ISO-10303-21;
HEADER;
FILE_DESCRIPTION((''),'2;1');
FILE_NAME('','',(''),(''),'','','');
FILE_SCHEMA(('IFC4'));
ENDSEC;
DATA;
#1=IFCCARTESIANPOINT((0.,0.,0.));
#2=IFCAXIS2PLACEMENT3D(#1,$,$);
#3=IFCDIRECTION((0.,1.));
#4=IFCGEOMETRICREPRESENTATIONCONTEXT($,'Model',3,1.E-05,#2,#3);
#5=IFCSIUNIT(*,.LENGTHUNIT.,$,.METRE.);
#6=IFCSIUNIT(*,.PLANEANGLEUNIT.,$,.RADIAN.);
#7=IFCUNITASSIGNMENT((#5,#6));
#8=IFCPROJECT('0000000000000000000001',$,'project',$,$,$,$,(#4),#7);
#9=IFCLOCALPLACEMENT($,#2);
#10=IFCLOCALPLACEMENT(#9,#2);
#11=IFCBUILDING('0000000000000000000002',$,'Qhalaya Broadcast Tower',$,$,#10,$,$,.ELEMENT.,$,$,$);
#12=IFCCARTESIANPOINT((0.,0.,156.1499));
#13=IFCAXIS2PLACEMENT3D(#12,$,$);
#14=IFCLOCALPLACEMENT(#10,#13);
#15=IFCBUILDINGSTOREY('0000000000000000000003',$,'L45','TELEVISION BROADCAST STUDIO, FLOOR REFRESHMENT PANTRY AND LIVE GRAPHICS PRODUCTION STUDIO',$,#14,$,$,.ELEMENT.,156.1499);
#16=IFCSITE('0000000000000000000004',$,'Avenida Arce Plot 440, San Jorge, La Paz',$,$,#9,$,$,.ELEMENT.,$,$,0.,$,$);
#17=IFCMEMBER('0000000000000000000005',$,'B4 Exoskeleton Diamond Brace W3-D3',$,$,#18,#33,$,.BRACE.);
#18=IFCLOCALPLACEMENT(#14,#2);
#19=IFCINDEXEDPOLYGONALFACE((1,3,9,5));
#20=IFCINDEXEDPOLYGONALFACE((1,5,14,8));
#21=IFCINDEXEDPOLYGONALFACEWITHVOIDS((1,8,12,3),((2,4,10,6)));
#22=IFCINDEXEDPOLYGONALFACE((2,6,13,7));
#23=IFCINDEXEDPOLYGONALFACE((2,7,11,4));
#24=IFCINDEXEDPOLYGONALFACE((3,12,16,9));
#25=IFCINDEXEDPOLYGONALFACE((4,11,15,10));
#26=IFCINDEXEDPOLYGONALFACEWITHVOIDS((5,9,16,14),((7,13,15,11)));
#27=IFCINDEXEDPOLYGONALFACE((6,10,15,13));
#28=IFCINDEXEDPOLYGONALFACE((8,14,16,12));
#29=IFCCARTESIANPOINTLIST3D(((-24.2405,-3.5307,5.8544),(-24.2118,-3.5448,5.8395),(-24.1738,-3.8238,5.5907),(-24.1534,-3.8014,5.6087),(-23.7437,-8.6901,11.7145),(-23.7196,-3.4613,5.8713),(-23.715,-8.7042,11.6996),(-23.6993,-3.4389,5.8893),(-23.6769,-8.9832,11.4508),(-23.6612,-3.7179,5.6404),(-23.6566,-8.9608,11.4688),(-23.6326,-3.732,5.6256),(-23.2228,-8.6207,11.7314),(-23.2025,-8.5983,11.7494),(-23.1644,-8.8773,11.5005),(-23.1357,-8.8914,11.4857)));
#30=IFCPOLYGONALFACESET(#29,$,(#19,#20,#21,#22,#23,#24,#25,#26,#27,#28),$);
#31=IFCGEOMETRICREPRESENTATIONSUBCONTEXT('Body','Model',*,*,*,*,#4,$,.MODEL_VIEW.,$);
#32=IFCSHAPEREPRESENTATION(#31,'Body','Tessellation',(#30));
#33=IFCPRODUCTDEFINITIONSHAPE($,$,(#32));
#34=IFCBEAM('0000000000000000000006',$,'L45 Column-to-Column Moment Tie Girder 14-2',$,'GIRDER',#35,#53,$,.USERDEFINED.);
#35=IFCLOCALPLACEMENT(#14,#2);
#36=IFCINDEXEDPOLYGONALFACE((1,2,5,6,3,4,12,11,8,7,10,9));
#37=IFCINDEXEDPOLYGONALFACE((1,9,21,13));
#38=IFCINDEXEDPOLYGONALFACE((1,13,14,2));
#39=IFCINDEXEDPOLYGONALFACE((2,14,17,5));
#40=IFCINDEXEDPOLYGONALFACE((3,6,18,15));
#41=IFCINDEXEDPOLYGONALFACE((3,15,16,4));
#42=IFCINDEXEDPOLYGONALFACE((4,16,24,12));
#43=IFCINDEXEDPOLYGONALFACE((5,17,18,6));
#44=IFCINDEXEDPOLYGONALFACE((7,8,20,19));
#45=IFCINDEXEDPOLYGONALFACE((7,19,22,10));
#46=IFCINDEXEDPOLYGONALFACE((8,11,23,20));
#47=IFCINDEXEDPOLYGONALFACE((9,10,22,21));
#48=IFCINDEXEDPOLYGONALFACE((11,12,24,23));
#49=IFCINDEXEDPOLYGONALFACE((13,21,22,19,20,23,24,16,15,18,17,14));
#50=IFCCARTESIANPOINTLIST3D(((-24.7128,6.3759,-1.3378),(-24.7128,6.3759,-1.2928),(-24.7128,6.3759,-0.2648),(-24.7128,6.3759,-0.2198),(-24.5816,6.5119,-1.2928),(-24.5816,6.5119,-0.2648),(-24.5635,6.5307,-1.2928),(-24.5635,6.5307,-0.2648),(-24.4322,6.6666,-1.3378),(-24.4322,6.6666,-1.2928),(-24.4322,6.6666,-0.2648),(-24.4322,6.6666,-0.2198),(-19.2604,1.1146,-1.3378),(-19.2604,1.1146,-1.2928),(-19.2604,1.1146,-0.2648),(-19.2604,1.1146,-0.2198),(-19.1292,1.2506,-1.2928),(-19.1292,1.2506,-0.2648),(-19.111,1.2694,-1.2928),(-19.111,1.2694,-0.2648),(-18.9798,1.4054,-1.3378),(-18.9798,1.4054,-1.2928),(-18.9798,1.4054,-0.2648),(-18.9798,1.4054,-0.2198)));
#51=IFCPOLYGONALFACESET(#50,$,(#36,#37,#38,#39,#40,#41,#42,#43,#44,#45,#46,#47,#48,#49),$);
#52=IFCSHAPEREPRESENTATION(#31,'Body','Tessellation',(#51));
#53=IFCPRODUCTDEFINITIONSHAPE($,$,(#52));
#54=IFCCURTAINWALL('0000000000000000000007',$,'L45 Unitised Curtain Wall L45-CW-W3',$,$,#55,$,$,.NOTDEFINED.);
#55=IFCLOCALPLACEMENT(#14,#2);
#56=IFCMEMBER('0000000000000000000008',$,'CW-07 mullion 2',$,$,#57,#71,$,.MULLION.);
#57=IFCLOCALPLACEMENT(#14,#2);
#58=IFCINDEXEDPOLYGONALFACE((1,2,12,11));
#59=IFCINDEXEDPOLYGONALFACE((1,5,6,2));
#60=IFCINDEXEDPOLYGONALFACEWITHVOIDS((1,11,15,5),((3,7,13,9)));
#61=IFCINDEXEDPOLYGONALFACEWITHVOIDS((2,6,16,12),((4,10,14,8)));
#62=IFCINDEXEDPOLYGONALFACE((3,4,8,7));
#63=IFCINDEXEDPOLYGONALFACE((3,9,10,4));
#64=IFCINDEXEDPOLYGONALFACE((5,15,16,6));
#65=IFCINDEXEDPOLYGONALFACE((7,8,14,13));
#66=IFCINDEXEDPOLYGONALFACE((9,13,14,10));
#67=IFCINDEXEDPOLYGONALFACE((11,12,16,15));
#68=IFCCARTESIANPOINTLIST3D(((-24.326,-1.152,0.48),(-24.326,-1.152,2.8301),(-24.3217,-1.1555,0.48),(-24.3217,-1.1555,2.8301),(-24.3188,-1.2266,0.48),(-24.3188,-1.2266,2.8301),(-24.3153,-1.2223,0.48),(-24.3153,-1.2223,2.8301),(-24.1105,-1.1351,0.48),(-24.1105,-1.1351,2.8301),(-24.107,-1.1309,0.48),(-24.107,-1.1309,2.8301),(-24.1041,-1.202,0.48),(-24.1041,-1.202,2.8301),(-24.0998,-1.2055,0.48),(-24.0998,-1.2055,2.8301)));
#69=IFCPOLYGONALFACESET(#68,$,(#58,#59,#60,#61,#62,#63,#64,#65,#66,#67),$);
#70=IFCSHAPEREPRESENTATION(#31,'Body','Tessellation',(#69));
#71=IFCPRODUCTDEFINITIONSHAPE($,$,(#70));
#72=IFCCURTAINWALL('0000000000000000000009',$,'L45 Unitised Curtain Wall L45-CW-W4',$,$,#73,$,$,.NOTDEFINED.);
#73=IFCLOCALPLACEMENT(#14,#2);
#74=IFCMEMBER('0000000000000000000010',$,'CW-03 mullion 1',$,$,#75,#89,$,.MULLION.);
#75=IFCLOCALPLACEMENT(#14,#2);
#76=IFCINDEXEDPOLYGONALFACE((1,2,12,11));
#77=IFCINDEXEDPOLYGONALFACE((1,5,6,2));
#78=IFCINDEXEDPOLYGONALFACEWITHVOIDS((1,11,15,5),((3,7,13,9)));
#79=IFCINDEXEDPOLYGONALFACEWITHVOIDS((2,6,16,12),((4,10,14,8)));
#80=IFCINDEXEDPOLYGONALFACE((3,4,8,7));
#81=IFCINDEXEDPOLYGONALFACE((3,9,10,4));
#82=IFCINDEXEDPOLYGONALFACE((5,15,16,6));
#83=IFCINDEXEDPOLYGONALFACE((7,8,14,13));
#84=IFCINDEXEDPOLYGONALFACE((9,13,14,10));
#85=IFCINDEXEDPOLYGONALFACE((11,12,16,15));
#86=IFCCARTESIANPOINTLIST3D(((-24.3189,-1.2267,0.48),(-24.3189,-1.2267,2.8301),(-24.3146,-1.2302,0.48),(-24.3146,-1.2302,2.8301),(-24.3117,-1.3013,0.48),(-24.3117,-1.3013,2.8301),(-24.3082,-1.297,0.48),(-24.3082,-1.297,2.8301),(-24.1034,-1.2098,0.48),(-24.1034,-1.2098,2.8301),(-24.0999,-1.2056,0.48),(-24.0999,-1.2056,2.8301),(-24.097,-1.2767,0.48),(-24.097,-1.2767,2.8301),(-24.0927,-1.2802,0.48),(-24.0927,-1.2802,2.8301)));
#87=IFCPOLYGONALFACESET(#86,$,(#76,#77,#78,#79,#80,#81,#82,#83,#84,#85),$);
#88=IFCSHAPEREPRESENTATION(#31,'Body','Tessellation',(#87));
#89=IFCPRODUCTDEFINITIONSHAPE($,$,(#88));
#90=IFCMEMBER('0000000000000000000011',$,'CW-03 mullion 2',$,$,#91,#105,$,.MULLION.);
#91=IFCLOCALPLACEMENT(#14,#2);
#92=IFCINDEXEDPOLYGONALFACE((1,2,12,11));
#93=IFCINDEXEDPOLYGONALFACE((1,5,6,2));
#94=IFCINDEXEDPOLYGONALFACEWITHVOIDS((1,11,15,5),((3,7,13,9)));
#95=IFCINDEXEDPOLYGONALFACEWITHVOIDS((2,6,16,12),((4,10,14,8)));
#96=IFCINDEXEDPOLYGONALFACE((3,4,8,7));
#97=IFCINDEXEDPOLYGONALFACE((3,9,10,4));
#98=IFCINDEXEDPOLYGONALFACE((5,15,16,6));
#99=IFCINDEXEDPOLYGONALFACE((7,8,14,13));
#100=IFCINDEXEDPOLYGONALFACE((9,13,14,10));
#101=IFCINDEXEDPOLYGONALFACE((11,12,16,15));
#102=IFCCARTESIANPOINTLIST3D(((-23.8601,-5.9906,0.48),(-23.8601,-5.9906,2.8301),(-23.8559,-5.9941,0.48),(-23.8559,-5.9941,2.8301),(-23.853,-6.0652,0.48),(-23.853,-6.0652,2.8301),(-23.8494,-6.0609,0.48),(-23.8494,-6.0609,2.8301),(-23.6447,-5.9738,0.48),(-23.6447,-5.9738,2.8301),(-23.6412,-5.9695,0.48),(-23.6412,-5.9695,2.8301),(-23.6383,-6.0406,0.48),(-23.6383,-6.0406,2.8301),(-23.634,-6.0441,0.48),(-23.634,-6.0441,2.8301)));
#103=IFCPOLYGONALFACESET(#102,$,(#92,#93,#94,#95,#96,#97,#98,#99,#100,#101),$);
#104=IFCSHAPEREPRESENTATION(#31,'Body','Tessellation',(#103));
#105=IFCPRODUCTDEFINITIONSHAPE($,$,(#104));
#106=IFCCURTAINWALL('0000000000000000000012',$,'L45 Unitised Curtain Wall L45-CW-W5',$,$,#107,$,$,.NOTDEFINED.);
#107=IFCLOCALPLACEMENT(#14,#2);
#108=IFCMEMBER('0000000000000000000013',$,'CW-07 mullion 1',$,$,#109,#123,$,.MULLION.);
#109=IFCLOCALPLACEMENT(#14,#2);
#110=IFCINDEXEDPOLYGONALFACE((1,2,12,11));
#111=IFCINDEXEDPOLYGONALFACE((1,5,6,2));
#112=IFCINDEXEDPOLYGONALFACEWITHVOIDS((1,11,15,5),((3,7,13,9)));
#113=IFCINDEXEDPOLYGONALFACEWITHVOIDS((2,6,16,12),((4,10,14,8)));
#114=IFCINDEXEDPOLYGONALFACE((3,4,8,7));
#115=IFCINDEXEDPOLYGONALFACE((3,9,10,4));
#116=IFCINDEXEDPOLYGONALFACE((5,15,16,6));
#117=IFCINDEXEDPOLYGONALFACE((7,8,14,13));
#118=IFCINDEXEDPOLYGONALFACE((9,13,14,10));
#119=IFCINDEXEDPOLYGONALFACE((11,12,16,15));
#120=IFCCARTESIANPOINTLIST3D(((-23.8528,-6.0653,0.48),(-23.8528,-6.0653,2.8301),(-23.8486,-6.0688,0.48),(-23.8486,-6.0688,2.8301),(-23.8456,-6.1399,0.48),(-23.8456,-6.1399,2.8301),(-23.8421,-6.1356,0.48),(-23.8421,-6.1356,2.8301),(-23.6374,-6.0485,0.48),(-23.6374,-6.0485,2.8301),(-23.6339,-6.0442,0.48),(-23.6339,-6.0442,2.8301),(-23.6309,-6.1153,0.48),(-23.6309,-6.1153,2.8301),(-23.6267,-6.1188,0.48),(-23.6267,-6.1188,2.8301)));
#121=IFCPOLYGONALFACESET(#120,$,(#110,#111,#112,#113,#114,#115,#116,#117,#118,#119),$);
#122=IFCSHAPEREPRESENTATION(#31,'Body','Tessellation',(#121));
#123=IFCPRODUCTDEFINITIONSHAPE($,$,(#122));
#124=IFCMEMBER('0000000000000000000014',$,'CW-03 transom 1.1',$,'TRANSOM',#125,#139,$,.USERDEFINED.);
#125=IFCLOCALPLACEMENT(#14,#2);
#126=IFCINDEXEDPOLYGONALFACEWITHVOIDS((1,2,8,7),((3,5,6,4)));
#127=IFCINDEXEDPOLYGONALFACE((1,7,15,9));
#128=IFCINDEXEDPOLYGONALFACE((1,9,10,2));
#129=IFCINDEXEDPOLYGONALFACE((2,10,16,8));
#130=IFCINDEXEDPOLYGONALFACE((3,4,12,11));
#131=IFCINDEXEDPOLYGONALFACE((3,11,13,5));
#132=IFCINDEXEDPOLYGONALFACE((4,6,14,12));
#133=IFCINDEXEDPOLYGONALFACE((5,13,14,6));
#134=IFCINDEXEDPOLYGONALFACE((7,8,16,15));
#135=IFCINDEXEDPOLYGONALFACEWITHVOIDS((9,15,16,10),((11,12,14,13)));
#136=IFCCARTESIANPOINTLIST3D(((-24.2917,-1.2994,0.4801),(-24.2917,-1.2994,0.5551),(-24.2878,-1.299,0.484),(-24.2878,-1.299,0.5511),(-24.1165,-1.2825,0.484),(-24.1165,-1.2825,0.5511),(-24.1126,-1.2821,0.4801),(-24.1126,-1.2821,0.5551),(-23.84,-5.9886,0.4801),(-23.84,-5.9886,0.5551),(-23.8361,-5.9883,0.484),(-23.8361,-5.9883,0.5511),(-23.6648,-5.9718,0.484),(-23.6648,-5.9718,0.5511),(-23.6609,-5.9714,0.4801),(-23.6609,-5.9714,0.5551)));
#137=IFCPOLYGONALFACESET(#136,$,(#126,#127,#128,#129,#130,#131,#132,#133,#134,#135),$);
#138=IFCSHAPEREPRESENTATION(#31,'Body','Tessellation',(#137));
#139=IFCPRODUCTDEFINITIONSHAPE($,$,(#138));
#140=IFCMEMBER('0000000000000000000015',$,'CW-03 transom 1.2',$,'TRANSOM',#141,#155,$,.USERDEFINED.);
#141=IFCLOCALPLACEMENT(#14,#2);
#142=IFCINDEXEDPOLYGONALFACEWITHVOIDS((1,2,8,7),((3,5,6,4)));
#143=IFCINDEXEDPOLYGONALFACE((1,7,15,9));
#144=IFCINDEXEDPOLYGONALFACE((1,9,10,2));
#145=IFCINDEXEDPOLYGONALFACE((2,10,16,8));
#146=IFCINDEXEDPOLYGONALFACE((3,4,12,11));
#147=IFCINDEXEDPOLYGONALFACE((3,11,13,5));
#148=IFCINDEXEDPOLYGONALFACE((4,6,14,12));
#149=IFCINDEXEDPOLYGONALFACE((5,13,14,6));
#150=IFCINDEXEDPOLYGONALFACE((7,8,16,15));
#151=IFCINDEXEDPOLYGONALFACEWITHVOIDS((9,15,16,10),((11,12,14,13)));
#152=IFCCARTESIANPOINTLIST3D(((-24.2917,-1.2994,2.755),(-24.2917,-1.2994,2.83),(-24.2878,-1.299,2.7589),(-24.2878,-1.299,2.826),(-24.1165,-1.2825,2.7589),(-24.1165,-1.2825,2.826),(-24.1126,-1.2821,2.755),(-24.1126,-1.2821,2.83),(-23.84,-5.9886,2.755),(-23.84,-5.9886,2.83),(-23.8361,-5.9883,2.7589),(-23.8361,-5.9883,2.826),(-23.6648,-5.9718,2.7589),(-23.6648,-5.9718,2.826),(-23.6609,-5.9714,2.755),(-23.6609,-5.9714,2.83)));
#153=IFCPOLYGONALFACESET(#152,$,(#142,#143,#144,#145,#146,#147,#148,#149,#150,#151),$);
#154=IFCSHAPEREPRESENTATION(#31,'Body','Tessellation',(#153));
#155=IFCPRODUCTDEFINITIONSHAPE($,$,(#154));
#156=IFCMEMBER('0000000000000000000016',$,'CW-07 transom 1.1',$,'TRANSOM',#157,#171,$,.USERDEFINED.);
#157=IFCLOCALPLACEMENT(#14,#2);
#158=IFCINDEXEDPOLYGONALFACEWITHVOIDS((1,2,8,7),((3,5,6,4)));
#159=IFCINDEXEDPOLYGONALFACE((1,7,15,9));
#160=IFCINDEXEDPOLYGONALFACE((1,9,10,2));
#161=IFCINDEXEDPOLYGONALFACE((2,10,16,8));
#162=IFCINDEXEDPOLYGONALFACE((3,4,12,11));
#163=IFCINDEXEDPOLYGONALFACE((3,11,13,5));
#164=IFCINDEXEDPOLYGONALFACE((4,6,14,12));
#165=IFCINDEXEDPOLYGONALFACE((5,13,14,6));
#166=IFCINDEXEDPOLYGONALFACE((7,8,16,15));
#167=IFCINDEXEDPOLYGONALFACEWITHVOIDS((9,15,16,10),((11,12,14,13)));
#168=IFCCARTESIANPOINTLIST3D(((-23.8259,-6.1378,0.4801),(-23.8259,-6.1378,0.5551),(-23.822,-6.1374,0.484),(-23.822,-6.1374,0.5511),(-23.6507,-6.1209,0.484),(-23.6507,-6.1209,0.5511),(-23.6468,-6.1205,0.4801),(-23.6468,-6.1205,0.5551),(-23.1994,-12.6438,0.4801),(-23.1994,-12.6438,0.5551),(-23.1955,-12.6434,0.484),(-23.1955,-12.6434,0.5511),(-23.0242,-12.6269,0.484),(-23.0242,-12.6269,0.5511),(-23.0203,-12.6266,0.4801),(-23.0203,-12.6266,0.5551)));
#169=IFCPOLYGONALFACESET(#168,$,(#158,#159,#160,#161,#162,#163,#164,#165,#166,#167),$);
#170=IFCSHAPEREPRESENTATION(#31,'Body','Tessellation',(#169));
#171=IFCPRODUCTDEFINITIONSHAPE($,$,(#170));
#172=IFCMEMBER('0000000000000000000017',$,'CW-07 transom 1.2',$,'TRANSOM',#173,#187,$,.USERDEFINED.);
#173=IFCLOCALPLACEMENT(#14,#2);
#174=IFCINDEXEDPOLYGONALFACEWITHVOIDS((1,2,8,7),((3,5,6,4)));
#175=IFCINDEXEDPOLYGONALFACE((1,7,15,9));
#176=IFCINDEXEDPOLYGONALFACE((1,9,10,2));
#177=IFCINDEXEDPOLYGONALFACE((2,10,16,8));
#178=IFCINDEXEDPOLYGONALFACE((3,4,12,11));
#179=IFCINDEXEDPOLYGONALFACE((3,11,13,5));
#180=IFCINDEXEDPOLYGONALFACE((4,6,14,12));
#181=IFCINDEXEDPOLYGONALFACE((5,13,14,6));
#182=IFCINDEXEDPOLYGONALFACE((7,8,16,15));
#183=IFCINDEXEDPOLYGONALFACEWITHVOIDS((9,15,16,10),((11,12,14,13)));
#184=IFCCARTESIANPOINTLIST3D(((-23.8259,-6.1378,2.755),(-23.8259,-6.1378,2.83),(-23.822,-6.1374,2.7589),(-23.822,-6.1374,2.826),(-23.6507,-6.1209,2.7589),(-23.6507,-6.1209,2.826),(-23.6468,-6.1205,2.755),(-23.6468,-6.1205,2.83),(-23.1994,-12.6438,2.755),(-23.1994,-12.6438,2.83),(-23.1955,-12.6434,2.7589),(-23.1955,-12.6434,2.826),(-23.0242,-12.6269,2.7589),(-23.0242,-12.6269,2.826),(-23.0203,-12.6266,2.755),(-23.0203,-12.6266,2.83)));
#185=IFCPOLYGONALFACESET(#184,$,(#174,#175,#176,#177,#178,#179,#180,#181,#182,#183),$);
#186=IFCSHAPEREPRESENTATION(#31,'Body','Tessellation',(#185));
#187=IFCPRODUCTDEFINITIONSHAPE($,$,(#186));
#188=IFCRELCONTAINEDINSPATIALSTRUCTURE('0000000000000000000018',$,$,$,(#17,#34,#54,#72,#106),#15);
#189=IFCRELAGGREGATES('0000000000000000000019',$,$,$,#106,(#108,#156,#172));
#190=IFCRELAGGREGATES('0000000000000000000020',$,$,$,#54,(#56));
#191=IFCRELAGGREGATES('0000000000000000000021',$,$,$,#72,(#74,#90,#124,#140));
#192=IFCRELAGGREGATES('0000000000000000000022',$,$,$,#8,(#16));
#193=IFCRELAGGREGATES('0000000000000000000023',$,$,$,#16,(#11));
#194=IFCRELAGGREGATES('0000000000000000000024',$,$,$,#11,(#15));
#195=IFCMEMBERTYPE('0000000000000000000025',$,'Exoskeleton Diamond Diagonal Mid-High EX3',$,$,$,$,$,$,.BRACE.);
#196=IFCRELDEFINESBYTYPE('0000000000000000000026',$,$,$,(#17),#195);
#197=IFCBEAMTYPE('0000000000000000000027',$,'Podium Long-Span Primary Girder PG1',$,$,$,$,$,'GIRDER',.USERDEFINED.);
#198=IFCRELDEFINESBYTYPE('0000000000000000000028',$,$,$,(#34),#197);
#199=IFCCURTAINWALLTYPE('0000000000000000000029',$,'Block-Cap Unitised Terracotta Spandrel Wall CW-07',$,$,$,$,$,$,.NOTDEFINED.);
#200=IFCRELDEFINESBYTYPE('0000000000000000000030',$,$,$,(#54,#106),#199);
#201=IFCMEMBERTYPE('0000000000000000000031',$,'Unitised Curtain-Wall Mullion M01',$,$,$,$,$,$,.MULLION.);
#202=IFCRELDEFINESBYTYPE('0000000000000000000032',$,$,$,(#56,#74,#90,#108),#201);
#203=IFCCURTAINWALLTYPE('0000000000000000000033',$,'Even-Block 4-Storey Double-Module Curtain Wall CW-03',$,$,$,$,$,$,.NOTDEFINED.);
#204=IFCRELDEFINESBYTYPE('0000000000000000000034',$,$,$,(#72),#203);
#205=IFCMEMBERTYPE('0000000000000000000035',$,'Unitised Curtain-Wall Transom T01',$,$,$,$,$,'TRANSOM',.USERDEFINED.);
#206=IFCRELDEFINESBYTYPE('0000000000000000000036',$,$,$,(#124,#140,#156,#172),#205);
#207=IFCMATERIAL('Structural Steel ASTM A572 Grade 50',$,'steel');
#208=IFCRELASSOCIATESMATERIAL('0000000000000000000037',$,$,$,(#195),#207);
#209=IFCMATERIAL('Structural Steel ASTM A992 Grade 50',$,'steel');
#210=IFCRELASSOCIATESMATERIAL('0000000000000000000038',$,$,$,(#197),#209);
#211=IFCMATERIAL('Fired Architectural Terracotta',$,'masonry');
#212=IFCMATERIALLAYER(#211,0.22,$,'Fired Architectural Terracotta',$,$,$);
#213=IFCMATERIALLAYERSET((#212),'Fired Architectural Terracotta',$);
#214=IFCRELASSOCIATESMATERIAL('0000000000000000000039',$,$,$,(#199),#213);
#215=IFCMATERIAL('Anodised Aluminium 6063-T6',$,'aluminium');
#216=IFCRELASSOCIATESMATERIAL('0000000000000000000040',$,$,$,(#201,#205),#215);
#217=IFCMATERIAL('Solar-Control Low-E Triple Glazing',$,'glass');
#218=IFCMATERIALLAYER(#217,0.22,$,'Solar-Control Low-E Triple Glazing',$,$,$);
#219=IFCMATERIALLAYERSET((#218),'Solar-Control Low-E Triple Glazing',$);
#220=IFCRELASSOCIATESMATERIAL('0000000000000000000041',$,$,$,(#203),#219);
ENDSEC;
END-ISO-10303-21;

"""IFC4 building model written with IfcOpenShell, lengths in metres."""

from ifc_helpers import new_model, si_unit, direction, frame, origin, origin_2d, place, context, subcontext, project, spatial, hollow_rectangle, i_section, extrude, material, layer, layer_set, material_profile, profile_set, type_object, element, aggregate, save


model = new_model("IFC4")

# Units and contexts
model_context = context("Model", 3, precision=1e-05, world=origin(), true_north=direction((0.0, 1.0)))
body_context = subcontext(model_context, "Body", "Model", "MODEL_VIEW")
ifc_project = project(units=[si_unit("LENGTHUNIT", "METRE"), si_unit("PLANEANGLEUNIT", "RADIAN")], contexts=[model_context])

# Site, building, storey
site_placement = place(None, origin())
site = spatial("IfcSite", under=ifc_project, at=site_placement, Name="Avenida Arce Plot 440, San Jorge, La Paz", CompositionType="ELEMENT", RefElevation=0.0)
building_placement = place(site_placement, origin())
building = spatial("IfcBuilding", under=site, at=building_placement, Name="Qhalaya Broadcast Tower", CompositionType="ELEMENT")
storey_placement = place(building_placement, frame((0.0, 0.0, 156.1499)))
storey = spatial("IfcBuildingStorey", under=building, at=storey_placement, Name="L45", Description="TELEVISION BROADCAST STUDIO, FLOOR REFRESHMENT PANTRY AND LIVE GRAPHICS PRODUCTION STUDIO", CompositionType="ELEMENT", Elevation=156.1499)

# Shared definitions
ifc_material_1 = material(Name="Structural Steel ASTM A572 Grade 50", Category="steel")

# Shared definitions
ifc_material_2 = material(Name="Structural Steel ASTM A992 Grade 50", Category="steel")

# Member
ifc_material_profile_1 = material_profile(ifc_material_1, hollow_rectangle(XDim=0.3999, YDim=0.55, WallThickness=0.0249, at=origin_2d()), Name="BOX 400x550x25")
ifc_profile_set_1 = profile_set([ifc_material_profile_1], Name="Structural Steel ASTM A572 Grade 50")
member_type_1 = type_object("IfcMemberType", Name="Exoskeleton Diamond Diagonal Mid-High EX3", PredefinedType="BRACE", material=ifc_profile_set_1)
member_1_placement = place(storey_placement, frame((-23.9365, -3.6313, 5.74), z_axis=(0.063504, -0.659477, 0.749038), x_axis=(-0.16687, 0.73297, 0.659477)))
element("IfcMember", 1, at=member_1_placement, inside=storey, type_object=member_type_1, Name="B4 Exoskeleton Diamond Brace W3-D3", PredefinedType="BRACE", context=body_context, shape_type="SweptSolid", body=[
    extrude(hollow_rectangle(XDim=0.3999, YDim=0.55, WallThickness=0.0249, at=origin_2d()), origin(), (0.0, 0.0, 1.0), 7.8235),
])

# Beam
ifc_material_profile_2 = material_profile(ifc_material_2, i_section(OverallWidth=0.4041, OverallDepth=1.1179, WebThickness=0.0261, FlangeThickness=0.0449, at=origin_2d()), Name="W44X335")
ifc_profile_set_2 = profile_set([ifc_material_profile_2], Name="Structural Steel ASTM A992 Grade 50")
beam_type_1 = type_object("IfcBeamType", Name="Podium Long-Span Primary Girder PG1", ElementType="GIRDER", PredefinedType="USERDEFINED", material=ifc_profile_set_2)
beam_1_placement = place(storey_placement, frame((-19.1201, 1.26, -0.7788), z_axis=(-0.719609, 0.694379, 0.0), x_axis=(-0.694379, -0.719609, 0.0)))
element("IfcBeam", 2, at=beam_1_placement, inside=storey, type_object=beam_type_1, Name="L45 Column-to-Column Moment Tie Girder 14-2", ObjectType="GIRDER", PredefinedType="USERDEFINED", context=body_context, shape_type="SweptSolid", body=[
    extrude(i_section(OverallWidth=0.4041, OverallDepth=1.1179, WebThickness=0.0261, FlangeThickness=0.0449, at=origin_2d()), origin(), (0.0, 0.0, 1.0), 7.5769),
])

# Curtain wall, member
ifc_material_3 = material(Name="Fired Architectural Terracotta", Category="masonry")
ifc_layer_1 = layer(ifc_material_3, 0.22, Name="Fired Architectural Terracotta")
ifc_layer_set_1 = layer_set([ifc_layer_1], Name="Fired Architectural Terracotta")
curtain_wall_type_1 = type_object("IfcCurtainWallType", Name="Block-Cap Unitised Terracotta Spandrel Wall CW-07", PredefinedType="NOTDEFINED", material=ifc_layer_set_1)
curtain_wall_1_placement = place(storey_placement, origin())
curtain_wall_1 = element("IfcCurtainWall", 3, at=curtain_wall_1_placement, inside=storey, type_object=curtain_wall_type_1, Name="L45 Unitised Curtain Wall L45-CW-W3", PredefinedType="NOTDEFINED")
ifc_material_4 = material(Name="Anodised Aluminium 6063-T6", Category="aluminium")
ifc_material_profile_3 = material_profile(ifc_material_4, hollow_rectangle(XDim=0.075, YDim=0.22, WallThickness=0.0039, at=origin_2d()), Name="ALU-MUL 75x220x4")
ifc_profile_set_3 = profile_set([ifc_material_profile_3], Name="Anodised Aluminium 6063-T6")
member_type_2 = type_object("IfcMemberType", Name="Unitised Curtain-Wall Mullion M01", PredefinedType="MULLION", material=ifc_profile_set_3)
member_2_placement = place(storey_placement, frame((-24.2129, -1.1787, 0.48), z_axis=(0.0, 0.0, 1.0), x_axis=(0.095858, -0.995395, 0.0)))
member_2 = element("IfcMember", 4, at=member_2_placement, type_object=member_type_2, Name="CW-07 mullion 2", PredefinedType="MULLION", context=body_context, shape_type="SweptSolid", body=[
    extrude(hollow_rectangle(XDim=0.075, YDim=0.22, WallThickness=0.0039, at=origin_2d()), origin(), (0.0, 0.0, 1.0), 2.3501),
])

# Curtain wall, members
ifc_material_5 = material(Name="Solar-Control Low-E Triple Glazing", Category="glass")
ifc_layer_2 = layer(ifc_material_5, 0.22, Name="Solar-Control Low-E Triple Glazing")
ifc_layer_set_2 = layer_set([ifc_layer_2], Name="Solar-Control Low-E Triple Glazing")
curtain_wall_type_2 = type_object("IfcCurtainWallType", Name="Even-Block 4-Storey Double-Module Curtain Wall CW-03", PredefinedType="NOTDEFINED", material=ifc_layer_set_2)
curtain_wall_2_placement = place(storey_placement, origin())
curtain_wall_2 = element("IfcCurtainWall", 5, at=curtain_wall_2_placement, inside=storey, type_object=curtain_wall_type_2, Name="L45 Unitised Curtain Wall L45-CW-W4", PredefinedType="NOTDEFINED")
member_3_placement = place(storey_placement, frame((-24.2058, -1.2534, 0.48), z_axis=(0.0, 0.0, 1.0), x_axis=(0.095845, -0.995396, 0.0)))
member_3 = element("IfcMember", 6, at=member_3_placement, type_object=member_type_2, Name="CW-03 mullion 1", PredefinedType="MULLION", context=body_context, shape_type="SweptSolid", body=[
    extrude(hollow_rectangle(XDim=0.075, YDim=0.22, WallThickness=0.0039, at=origin_2d()), origin(), (0.0, 0.0, 1.0), 2.3501),
])
member_4_placement = place(storey_placement, frame((-23.7471, -6.0173, 0.48), z_axis=(0.0, 0.0, 1.0), x_axis=(0.095845, -0.995396, 0.0)))
member_4 = element("IfcMember", 7, at=member_4_placement, type_object=member_type_2, Name="CW-03 mullion 2", PredefinedType="MULLION", context=body_context, shape_type="SweptSolid", body=[
    extrude(hollow_rectangle(XDim=0.075, YDim=0.22, WallThickness=0.0039, at=origin_2d()), origin(), (0.0, 0.0, 1.0), 2.3501),
])

# Curtain wall, member
curtain_wall_3_placement = place(storey_placement, origin())
curtain_wall_3 = element("IfcCurtainWall", 8, at=curtain_wall_3_placement, inside=storey, type_object=curtain_wall_type_1, Name="L45 Unitised Curtain Wall L45-CW-W5", PredefinedType="NOTDEFINED")
member_5_placement = place(storey_placement, frame((-23.7397, -6.092, 0.48), z_axis=(0.0, 0.0, 1.0), x_axis=(0.095842, -0.995397, 0.0)))
member_5 = element("IfcMember", 9, at=member_5_placement, type_object=member_type_2, Name="CW-07 mullion 1", PredefinedType="MULLION", context=body_context, shape_type="SweptSolid", body=[
    extrude(hollow_rectangle(XDim=0.075, YDim=0.22, WallThickness=0.0039, at=origin_2d()), origin(), (0.0, 0.0, 1.0), 2.3501),
])

# Members
ifc_material_profile_4 = material_profile(ifc_material_4, hollow_rectangle(XDim=0.075, YDim=0.1799, WallThickness=0.0039, at=origin_2d()), Name="ALU-TRN 75x180x4")
ifc_profile_set_4 = profile_set([ifc_material_profile_4], Name="Anodised Aluminium 6063-T6")
member_type_3 = type_object("IfcMemberType", Name="Unitised Curtain-Wall Transom T01", ElementType="TRANSOM", PredefinedType="USERDEFINED", material=ifc_profile_set_4)
member_6_placement = place(storey_placement, frame((-24.2021, -1.2908, 0.5176), z_axis=(0.095875, -0.995393, 0.0), x_axis=(0.0, 0.0, 1.0)))
member_6 = element("IfcMember", 10, at=member_6_placement, type_object=member_type_3, Name="CW-03 transom 1.1", ObjectType="TRANSOM", PredefinedType="USERDEFINED", context=body_context, shape_type="SweptSolid", body=[
    extrude(hollow_rectangle(XDim=0.075, YDim=0.1799, WallThickness=0.0039, at=origin_2d()), origin(), (0.0, 0.0, 1.0), 4.7109),
])
member_7_placement = place(storey_placement, frame((-24.2021, -1.2908, 2.7925), z_axis=(0.095875, -0.995393, 0.0), x_axis=(0.0, 0.0, 1.0)))
member_7 = element("IfcMember", 11, at=member_7_placement, type_object=member_type_3, Name="CW-03 transom 1.2", ObjectType="TRANSOM", PredefinedType="USERDEFINED", context=body_context, shape_type="SweptSolid", body=[
    extrude(hollow_rectangle(XDim=0.075, YDim=0.1799, WallThickness=0.0039, at=origin_2d()), origin(), (0.0, 0.0, 1.0), 4.7109),
])
member_8_placement = place(storey_placement, frame((-23.7363, -6.1292, 0.5176), z_axis=(0.095845, -0.995396, 0.0), x_axis=(0.0, 0.0, 1.0)))
member_8 = element("IfcMember", 12, at=member_8_placement, type_object=member_type_3, Name="CW-07 transom 1.1", ObjectType="TRANSOM", PredefinedType="USERDEFINED", context=body_context, shape_type="SweptSolid", body=[
    extrude(hollow_rectangle(XDim=0.075, YDim=0.1799, WallThickness=0.0039, at=origin_2d()), origin(), (0.0, 0.0, 1.0), 6.5361),
])
member_9_placement = place(storey_placement, frame((-23.7363, -6.1292, 2.7925), z_axis=(0.095845, -0.995396, 0.0), x_axis=(0.0, 0.0, 1.0)))
member_9 = element("IfcMember", 13, at=member_9_placement, type_object=member_type_3, Name="CW-07 transom 1.2", ObjectType="TRANSOM", PredefinedType="USERDEFINED", context=body_context, shape_type="SweptSolid", body=[
    extrude(hollow_rectangle(XDim=0.075, YDim=0.1799, WallThickness=0.0039, at=origin_2d()), origin(), (0.0, 0.0, 1.0), 6.5361),
])
aggregate(curtain_wall_3, [member_5, member_8, member_9])

aggregate(curtain_wall_1, [member_2])
aggregate(curtain_wall_2, [member_3, member_4, member_6, member_7])

save(model, "model.ifc")
